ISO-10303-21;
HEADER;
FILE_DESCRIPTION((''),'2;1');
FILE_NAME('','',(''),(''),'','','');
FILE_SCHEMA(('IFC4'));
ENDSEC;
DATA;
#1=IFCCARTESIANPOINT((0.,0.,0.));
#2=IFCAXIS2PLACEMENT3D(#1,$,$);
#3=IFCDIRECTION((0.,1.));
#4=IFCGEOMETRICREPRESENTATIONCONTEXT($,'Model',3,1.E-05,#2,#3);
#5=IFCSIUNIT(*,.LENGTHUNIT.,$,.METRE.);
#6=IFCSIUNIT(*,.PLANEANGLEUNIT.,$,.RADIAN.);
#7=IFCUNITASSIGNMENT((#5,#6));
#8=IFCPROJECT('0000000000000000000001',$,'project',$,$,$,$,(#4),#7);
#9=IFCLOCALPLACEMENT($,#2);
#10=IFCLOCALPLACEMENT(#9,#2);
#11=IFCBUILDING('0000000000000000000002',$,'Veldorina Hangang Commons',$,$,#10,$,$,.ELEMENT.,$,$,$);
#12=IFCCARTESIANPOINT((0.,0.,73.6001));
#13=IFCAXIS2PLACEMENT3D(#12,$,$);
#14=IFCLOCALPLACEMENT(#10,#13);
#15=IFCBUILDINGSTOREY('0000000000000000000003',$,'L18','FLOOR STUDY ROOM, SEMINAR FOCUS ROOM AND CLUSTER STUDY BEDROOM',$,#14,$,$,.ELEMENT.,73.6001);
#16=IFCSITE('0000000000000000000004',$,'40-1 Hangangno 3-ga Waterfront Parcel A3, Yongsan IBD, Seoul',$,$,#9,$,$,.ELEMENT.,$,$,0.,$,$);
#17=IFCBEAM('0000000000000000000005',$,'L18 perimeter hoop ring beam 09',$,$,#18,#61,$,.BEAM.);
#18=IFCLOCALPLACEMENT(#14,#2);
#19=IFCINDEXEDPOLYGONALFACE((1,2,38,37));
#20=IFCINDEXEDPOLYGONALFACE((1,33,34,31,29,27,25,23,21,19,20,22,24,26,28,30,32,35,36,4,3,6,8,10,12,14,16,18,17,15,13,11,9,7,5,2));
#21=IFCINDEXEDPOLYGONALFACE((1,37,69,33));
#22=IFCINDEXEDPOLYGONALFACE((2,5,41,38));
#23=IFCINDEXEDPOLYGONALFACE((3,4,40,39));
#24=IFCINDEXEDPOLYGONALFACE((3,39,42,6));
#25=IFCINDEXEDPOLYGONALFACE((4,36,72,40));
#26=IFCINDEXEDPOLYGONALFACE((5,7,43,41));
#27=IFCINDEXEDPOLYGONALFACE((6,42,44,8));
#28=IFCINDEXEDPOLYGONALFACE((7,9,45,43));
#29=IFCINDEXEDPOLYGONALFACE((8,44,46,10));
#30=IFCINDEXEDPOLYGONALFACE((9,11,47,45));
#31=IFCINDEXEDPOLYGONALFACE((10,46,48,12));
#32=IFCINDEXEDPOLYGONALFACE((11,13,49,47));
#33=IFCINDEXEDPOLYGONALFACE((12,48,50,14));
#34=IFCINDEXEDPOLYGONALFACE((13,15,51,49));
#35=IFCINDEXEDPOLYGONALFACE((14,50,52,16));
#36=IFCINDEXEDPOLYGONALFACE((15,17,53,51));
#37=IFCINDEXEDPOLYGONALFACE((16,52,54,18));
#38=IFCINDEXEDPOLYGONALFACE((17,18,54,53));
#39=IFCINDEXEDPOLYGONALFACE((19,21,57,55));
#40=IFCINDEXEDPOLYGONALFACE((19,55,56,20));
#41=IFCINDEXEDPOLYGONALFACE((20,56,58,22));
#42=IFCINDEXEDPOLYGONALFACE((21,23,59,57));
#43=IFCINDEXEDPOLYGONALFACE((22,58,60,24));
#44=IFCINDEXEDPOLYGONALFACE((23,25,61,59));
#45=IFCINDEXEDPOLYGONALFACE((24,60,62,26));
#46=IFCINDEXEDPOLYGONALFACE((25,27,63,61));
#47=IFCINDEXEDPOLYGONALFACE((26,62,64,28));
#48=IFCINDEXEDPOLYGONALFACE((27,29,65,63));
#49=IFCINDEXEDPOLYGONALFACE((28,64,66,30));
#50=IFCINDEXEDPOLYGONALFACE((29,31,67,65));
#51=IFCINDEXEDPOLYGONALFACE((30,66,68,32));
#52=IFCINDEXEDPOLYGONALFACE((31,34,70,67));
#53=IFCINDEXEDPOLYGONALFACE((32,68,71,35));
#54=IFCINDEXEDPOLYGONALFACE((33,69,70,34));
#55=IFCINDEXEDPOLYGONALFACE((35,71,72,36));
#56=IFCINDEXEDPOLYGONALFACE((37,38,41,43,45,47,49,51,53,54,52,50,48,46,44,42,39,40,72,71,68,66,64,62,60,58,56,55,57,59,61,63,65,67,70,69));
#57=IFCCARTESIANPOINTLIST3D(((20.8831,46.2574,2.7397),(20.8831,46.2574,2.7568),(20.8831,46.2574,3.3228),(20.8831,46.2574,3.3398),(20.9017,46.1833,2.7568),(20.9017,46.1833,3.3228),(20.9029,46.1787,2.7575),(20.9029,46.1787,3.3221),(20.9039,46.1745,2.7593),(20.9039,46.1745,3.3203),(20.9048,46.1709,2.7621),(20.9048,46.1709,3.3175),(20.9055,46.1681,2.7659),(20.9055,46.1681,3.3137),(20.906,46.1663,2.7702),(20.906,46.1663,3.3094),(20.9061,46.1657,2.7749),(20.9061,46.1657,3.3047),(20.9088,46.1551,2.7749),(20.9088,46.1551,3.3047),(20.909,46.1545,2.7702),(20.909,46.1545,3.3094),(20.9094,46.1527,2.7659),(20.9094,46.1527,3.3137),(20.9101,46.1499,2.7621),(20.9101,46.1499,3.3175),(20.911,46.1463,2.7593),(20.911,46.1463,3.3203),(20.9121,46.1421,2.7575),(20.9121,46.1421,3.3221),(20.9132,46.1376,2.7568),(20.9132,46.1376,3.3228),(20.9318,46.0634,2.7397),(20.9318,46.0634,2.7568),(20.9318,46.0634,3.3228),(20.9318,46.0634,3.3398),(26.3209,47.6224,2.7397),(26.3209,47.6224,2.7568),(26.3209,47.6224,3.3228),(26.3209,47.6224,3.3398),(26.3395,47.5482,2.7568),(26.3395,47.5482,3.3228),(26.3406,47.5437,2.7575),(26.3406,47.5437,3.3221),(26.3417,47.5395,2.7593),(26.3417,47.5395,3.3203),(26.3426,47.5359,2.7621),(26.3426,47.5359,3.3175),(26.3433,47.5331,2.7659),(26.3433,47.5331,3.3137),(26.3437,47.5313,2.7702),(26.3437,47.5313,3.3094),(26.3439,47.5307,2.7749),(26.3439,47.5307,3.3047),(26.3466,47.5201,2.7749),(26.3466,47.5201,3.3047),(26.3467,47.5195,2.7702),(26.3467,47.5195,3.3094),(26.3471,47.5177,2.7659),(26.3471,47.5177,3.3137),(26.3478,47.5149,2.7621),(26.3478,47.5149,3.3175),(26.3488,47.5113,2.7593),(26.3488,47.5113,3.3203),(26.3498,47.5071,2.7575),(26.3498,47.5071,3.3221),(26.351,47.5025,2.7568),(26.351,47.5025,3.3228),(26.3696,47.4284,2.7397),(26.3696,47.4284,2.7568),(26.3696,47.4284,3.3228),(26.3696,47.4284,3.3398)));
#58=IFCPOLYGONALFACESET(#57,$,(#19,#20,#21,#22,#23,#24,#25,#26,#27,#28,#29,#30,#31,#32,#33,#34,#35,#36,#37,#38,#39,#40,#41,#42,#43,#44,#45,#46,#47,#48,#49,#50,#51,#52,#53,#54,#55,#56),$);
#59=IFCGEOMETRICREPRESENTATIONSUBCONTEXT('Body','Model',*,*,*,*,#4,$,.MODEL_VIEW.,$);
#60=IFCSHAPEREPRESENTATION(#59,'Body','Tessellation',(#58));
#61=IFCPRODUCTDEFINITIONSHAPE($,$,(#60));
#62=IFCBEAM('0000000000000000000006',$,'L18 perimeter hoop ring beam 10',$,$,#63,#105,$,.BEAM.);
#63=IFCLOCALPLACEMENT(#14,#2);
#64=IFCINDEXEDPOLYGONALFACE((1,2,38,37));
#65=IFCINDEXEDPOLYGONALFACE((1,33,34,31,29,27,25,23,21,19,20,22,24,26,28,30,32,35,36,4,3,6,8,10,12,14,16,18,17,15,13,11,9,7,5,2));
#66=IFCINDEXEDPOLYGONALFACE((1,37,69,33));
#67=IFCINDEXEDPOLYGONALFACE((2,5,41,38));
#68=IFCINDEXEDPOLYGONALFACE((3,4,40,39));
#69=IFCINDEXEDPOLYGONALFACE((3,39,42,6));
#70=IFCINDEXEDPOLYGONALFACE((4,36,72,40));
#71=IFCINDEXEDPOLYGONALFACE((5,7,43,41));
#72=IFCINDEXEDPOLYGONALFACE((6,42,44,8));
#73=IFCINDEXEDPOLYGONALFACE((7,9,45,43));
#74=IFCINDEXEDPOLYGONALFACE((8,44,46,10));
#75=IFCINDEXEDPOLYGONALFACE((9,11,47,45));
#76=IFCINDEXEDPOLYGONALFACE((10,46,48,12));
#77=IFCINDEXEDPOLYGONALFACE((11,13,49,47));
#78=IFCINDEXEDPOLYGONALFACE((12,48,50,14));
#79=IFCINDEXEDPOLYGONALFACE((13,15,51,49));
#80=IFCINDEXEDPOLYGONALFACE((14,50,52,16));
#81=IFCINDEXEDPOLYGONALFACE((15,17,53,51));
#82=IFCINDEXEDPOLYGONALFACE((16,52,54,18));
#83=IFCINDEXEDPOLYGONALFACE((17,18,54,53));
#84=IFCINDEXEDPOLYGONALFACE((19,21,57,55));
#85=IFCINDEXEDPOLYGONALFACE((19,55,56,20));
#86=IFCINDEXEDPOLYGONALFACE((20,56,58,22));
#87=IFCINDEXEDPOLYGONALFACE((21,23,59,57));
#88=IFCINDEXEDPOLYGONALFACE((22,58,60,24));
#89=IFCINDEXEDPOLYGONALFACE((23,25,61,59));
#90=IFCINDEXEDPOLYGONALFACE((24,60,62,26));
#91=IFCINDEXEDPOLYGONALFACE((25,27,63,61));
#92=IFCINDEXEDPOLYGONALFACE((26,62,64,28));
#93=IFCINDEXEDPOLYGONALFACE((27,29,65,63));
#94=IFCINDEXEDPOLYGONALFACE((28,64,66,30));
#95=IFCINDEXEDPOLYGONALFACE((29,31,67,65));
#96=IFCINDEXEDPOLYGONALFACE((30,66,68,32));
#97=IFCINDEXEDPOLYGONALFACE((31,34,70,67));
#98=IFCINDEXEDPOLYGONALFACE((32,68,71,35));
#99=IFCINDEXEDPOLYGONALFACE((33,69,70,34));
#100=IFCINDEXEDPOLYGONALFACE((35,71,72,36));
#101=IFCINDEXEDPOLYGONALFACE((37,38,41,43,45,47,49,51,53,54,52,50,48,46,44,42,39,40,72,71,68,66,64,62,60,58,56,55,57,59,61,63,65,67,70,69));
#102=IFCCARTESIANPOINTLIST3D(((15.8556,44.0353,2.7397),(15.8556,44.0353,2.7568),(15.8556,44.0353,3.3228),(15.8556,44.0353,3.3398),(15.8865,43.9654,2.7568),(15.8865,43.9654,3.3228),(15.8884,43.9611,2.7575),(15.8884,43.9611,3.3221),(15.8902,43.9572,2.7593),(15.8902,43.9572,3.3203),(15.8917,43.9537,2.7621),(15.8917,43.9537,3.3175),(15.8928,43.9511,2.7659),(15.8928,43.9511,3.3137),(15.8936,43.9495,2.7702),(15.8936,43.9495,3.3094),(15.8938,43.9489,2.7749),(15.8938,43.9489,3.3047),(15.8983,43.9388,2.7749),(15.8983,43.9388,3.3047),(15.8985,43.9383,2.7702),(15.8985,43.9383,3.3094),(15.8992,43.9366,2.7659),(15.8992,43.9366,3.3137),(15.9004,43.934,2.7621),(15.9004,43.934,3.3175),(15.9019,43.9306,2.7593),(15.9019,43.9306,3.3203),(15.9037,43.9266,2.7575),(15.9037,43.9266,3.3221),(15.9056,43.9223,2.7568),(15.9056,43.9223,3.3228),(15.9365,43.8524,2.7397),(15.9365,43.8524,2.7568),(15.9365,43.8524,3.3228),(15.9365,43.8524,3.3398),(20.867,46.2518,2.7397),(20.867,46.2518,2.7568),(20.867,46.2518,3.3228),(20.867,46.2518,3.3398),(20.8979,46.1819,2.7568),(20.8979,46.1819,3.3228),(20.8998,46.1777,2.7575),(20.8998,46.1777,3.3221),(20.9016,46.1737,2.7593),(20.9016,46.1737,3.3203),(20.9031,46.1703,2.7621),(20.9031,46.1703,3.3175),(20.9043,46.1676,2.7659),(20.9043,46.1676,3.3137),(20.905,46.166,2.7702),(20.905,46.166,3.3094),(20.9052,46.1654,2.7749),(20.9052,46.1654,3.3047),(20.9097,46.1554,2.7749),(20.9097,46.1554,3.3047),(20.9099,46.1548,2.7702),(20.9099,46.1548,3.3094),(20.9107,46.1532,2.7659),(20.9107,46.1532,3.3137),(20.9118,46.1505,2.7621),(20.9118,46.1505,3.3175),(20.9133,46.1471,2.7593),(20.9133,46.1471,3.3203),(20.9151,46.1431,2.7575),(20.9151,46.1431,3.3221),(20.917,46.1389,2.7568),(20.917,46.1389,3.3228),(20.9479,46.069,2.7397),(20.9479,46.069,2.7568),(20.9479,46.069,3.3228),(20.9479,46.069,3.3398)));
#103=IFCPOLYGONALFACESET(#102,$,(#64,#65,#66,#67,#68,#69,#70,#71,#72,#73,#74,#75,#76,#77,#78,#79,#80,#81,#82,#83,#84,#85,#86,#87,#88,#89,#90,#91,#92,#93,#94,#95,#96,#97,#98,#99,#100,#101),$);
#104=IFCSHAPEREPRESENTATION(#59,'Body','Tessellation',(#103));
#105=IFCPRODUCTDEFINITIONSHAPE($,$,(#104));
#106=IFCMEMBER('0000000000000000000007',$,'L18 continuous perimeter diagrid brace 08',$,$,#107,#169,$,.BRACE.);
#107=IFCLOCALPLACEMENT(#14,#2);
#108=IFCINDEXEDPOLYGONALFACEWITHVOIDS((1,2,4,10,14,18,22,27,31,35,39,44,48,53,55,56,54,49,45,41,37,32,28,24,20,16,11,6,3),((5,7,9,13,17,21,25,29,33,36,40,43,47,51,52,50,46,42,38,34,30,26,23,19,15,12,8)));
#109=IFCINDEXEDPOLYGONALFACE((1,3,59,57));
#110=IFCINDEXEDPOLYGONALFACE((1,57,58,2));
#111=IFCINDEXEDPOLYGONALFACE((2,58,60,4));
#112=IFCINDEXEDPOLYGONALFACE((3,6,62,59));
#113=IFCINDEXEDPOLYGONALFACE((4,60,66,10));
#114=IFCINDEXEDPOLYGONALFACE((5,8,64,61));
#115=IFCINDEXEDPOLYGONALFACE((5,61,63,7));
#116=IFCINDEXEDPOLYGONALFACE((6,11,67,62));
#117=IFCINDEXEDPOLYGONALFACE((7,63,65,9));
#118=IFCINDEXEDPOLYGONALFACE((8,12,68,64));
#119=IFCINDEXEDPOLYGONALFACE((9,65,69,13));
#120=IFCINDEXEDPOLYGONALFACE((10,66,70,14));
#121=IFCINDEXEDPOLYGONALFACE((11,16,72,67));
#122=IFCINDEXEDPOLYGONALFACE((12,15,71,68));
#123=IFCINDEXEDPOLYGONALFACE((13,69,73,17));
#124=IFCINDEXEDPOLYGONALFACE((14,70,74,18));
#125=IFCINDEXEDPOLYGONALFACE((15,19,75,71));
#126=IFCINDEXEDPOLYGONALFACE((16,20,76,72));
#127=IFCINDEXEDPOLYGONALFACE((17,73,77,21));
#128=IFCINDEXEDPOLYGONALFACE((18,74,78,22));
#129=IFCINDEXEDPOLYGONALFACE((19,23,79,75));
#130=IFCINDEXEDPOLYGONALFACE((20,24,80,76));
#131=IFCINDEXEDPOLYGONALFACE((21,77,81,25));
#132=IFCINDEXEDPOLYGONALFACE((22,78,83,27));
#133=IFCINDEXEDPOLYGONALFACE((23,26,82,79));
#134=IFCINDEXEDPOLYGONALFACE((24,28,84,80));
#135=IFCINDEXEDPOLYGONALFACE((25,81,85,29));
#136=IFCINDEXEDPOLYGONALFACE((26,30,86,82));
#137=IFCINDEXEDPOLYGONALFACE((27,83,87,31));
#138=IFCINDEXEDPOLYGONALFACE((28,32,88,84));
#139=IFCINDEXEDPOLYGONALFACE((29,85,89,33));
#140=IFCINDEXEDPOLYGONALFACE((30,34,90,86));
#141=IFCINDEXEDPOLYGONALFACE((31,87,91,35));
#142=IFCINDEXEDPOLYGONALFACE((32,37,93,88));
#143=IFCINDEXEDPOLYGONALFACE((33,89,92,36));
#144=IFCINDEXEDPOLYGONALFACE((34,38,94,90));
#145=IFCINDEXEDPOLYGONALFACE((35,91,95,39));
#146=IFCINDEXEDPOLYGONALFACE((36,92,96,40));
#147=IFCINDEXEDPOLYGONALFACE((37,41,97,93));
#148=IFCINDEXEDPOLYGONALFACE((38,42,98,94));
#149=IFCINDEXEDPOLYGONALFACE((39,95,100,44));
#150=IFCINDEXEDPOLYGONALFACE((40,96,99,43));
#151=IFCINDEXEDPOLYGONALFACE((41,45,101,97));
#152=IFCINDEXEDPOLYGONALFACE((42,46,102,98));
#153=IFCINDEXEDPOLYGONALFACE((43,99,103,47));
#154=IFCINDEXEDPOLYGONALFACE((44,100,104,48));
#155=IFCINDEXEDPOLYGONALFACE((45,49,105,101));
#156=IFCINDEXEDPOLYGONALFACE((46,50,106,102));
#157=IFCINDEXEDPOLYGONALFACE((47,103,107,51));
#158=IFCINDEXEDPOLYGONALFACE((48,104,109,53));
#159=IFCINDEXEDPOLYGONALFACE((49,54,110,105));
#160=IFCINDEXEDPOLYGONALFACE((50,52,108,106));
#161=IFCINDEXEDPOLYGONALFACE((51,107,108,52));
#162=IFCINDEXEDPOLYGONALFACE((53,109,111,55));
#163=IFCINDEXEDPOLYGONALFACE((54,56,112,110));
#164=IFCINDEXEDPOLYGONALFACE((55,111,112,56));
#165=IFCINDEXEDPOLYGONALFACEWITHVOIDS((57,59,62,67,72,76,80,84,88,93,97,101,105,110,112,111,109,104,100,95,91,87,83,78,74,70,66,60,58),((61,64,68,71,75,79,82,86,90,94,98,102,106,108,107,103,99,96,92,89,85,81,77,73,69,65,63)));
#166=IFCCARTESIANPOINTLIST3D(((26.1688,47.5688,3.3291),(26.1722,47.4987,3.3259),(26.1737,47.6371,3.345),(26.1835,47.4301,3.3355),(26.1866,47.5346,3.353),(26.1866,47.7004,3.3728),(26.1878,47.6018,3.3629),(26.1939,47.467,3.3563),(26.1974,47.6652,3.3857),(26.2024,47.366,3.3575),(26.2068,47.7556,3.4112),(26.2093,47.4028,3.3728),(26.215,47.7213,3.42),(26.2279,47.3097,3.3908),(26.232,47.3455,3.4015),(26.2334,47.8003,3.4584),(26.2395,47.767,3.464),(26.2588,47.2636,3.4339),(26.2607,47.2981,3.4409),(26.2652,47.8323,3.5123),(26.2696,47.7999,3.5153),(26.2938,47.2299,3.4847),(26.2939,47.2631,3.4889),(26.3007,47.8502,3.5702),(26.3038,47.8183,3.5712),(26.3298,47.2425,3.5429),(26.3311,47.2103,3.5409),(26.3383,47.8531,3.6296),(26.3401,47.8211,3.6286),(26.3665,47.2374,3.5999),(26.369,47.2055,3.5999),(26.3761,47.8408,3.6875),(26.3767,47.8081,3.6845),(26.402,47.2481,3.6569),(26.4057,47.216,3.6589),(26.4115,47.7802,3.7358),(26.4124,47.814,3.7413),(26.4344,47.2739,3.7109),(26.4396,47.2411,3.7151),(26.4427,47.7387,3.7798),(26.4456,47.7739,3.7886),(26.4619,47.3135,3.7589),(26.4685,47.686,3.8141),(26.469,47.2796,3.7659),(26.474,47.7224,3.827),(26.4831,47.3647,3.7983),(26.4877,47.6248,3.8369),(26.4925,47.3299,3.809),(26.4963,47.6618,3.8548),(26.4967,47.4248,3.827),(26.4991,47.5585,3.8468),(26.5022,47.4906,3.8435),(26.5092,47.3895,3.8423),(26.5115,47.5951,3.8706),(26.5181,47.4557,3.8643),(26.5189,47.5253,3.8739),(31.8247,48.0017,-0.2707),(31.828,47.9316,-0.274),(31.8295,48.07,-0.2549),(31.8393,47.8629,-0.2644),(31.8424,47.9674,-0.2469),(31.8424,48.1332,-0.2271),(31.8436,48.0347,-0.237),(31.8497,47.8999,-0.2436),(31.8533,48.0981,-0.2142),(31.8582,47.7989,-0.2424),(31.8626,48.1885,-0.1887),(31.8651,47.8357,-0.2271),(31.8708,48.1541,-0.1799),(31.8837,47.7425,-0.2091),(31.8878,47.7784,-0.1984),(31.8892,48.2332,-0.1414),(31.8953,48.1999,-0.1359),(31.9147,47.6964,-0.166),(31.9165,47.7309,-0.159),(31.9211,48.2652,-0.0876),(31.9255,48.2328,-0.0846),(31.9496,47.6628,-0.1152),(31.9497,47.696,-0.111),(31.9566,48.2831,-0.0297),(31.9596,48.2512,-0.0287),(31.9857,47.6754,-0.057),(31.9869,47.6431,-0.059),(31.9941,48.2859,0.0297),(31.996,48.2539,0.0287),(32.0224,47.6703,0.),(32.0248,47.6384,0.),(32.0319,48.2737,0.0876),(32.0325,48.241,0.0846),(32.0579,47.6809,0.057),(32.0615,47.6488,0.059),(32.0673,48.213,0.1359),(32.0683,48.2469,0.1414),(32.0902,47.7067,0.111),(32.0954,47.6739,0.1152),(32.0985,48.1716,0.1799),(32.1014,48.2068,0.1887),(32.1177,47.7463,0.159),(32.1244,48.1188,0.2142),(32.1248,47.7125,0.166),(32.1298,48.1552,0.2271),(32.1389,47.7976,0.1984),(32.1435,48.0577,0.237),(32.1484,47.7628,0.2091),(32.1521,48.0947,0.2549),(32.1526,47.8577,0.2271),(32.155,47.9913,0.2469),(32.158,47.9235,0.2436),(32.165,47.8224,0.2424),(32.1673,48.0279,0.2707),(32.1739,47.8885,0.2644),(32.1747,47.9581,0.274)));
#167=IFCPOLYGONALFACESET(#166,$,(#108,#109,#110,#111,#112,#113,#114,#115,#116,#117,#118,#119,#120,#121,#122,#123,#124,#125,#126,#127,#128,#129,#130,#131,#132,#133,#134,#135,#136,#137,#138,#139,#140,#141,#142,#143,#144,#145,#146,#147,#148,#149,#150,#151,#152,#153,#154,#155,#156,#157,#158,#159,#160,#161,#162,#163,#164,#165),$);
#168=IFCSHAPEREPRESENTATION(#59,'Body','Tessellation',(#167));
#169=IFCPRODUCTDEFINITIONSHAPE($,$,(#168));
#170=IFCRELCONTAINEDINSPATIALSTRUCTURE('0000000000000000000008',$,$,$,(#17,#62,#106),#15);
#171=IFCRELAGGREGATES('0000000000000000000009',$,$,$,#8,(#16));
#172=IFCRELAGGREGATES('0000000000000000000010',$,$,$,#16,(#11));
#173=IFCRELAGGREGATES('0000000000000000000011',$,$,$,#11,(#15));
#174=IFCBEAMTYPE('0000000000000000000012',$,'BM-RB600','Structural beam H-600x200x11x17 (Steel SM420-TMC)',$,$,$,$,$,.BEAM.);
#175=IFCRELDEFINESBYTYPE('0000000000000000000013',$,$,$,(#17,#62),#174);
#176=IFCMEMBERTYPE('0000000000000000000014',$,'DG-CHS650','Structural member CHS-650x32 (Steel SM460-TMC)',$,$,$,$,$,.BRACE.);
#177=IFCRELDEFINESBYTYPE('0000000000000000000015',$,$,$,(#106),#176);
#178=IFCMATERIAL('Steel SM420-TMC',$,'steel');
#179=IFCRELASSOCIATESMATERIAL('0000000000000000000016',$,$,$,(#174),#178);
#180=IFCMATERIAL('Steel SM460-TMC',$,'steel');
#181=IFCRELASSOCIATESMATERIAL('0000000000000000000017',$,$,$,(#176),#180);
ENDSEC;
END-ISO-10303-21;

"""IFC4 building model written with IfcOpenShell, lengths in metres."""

from ifc_helpers import new_model, si_unit, direction, frame, origin, origin_2d, place, context, subcontext, project, spatial, hollow_circle, i_section, extrude, material, material_profile, profile_set, type_object, element, save


model = new_model("IFC4")

# Units and contexts
model_context = context("Model", 3, precision=1e-05, world=origin(), true_north=direction((0.0, 1.0)))
body_context = subcontext(model_context, "Body", "Model", "MODEL_VIEW")
ifc_project = project(units=[si_unit("LENGTHUNIT", "METRE"), si_unit("PLANEANGLEUNIT", "RADIAN")], contexts=[model_context])

# Site, building, storey
site_placement = place(None, origin())
site = spatial("IfcSite", under=ifc_project, at=site_placement, Name="40-1 Hangangno 3-ga Waterfront Parcel A3, Yongsan IBD, Seoul", CompositionType="ELEMENT", RefElevation=0.0)
building_placement = place(site_placement, origin())
building = spatial("IfcBuilding", under=site, at=building_placement, Name="Veldorina Hangang Commons", CompositionType="ELEMENT")
storey_placement = place(building_placement, frame((0.0, 0.0, 73.6001)))
storey = spatial("IfcBuildingStorey", under=building, at=storey_placement, Name="L18", Description="FLOOR STUDY ROOM, SEMINAR FOCUS ROOM AND CLUSTER STUDY BEDROOM", CompositionType="ELEMENT", Elevation=73.6001)

# Beams
ifc_material_1 = material(Name="Steel SM420-TMC", Category="steel")
ifc_material_profile_1 = material_profile(ifc_material_1, i_section(OverallWidth=0.2, OverallDepth=0.6001, WebThickness=0.011, FlangeThickness=0.0171, FilletRadius=0.0181, at=origin_2d()), Name="H-600x200x11x17")
ifc_profile_set_1 = profile_set([ifc_material_profile_1], Name="Steel SM420-TMC")
beam_type_1 = type_object("IfcBeamType", Name="BM-RB600", Description="Structural beam H-600x200x11x17 (Steel SM420-TMC)", PredefinedType="BEAM", material=ifc_profile_set_1)
beam_1_placement = place(storey_placement, frame((26.3452, 47.5254, 3.0398), z_axis=(-0.969909, -0.243468, 0.0), x_axis=(0.243468, -0.969909, 0.0)))
element("IfcBeam", 1, at=beam_1_placement, inside=storey, type_object=beam_type_1, Name="L18 perimeter hoop ring beam 09", PredefinedType="BEAM", context=body_context, shape_type="SweptSolid", body=[
    extrude(i_section(OverallWidth=0.2, OverallDepth=0.6001, WebThickness=0.011, FlangeThickness=0.0171, FilletRadius=0.0181, at=origin_2d()), origin(), (0.0, 0.0, 1.0), 5.6064),
])
beam_2_placement = place(storey_placement, frame((20.9075, 46.1604, 3.0398), z_axis=(-0.914539, -0.404497, 0.0), x_axis=(0.404497, -0.914539, 0.0)))
element("IfcBeam", 2, at=beam_2_placement, inside=storey, type_object=beam_type_1, Name="L18 perimeter hoop ring beam 10", PredefinedType="BEAM", context=body_context, shape_type="SweptSolid", body=[
    extrude(i_section(OverallWidth=0.2, OverallDepth=0.6001, WebThickness=0.011, FlangeThickness=0.0171, FilletRadius=0.0181, at=origin_2d()), origin(), (0.0, 0.0, 1.0), 5.4797),
])

# Member
ifc_material_2 = material(Name="Steel SM460-TMC", Category="steel")
ifc_material_profile_2 = material_profile(ifc_material_2, hollow_circle(Radius=0.325, WallThickness=0.032, at=origin_2d()), Name="CHS-650x32")
ifc_profile_set_2 = profile_set([ifc_material_profile_2], Name="Steel SM460-TMC")
member_type = type_object("IfcMemberType", Name="DG-CHS650", Description="Structural member CHS-650x32 (Steel SM460-TMC)", PredefinedType="BRACE", material=ifc_profile_set_2)
member_1_placement = place(storey_placement, frame((32.0, 47.9624, 0.0), z_axis=(-0.841859, -0.064431, 0.535838), x_axis=(0.076311, -0.997084, 0.0)))
element("IfcMember", 3, at=member_1_placement, inside=storey, type_object=member_type, Name="L18 continuous perimeter diagrid brace 08", PredefinedType="BRACE", context=body_context, shape_type="SweptSolid", body=[
    extrude(hollow_circle(Radius=0.325, WallThickness=0.032, at=origin_2d()), origin(), (0.0, 0.0, 1.0), 6.7183),
])

save(model, "model.ifc")
